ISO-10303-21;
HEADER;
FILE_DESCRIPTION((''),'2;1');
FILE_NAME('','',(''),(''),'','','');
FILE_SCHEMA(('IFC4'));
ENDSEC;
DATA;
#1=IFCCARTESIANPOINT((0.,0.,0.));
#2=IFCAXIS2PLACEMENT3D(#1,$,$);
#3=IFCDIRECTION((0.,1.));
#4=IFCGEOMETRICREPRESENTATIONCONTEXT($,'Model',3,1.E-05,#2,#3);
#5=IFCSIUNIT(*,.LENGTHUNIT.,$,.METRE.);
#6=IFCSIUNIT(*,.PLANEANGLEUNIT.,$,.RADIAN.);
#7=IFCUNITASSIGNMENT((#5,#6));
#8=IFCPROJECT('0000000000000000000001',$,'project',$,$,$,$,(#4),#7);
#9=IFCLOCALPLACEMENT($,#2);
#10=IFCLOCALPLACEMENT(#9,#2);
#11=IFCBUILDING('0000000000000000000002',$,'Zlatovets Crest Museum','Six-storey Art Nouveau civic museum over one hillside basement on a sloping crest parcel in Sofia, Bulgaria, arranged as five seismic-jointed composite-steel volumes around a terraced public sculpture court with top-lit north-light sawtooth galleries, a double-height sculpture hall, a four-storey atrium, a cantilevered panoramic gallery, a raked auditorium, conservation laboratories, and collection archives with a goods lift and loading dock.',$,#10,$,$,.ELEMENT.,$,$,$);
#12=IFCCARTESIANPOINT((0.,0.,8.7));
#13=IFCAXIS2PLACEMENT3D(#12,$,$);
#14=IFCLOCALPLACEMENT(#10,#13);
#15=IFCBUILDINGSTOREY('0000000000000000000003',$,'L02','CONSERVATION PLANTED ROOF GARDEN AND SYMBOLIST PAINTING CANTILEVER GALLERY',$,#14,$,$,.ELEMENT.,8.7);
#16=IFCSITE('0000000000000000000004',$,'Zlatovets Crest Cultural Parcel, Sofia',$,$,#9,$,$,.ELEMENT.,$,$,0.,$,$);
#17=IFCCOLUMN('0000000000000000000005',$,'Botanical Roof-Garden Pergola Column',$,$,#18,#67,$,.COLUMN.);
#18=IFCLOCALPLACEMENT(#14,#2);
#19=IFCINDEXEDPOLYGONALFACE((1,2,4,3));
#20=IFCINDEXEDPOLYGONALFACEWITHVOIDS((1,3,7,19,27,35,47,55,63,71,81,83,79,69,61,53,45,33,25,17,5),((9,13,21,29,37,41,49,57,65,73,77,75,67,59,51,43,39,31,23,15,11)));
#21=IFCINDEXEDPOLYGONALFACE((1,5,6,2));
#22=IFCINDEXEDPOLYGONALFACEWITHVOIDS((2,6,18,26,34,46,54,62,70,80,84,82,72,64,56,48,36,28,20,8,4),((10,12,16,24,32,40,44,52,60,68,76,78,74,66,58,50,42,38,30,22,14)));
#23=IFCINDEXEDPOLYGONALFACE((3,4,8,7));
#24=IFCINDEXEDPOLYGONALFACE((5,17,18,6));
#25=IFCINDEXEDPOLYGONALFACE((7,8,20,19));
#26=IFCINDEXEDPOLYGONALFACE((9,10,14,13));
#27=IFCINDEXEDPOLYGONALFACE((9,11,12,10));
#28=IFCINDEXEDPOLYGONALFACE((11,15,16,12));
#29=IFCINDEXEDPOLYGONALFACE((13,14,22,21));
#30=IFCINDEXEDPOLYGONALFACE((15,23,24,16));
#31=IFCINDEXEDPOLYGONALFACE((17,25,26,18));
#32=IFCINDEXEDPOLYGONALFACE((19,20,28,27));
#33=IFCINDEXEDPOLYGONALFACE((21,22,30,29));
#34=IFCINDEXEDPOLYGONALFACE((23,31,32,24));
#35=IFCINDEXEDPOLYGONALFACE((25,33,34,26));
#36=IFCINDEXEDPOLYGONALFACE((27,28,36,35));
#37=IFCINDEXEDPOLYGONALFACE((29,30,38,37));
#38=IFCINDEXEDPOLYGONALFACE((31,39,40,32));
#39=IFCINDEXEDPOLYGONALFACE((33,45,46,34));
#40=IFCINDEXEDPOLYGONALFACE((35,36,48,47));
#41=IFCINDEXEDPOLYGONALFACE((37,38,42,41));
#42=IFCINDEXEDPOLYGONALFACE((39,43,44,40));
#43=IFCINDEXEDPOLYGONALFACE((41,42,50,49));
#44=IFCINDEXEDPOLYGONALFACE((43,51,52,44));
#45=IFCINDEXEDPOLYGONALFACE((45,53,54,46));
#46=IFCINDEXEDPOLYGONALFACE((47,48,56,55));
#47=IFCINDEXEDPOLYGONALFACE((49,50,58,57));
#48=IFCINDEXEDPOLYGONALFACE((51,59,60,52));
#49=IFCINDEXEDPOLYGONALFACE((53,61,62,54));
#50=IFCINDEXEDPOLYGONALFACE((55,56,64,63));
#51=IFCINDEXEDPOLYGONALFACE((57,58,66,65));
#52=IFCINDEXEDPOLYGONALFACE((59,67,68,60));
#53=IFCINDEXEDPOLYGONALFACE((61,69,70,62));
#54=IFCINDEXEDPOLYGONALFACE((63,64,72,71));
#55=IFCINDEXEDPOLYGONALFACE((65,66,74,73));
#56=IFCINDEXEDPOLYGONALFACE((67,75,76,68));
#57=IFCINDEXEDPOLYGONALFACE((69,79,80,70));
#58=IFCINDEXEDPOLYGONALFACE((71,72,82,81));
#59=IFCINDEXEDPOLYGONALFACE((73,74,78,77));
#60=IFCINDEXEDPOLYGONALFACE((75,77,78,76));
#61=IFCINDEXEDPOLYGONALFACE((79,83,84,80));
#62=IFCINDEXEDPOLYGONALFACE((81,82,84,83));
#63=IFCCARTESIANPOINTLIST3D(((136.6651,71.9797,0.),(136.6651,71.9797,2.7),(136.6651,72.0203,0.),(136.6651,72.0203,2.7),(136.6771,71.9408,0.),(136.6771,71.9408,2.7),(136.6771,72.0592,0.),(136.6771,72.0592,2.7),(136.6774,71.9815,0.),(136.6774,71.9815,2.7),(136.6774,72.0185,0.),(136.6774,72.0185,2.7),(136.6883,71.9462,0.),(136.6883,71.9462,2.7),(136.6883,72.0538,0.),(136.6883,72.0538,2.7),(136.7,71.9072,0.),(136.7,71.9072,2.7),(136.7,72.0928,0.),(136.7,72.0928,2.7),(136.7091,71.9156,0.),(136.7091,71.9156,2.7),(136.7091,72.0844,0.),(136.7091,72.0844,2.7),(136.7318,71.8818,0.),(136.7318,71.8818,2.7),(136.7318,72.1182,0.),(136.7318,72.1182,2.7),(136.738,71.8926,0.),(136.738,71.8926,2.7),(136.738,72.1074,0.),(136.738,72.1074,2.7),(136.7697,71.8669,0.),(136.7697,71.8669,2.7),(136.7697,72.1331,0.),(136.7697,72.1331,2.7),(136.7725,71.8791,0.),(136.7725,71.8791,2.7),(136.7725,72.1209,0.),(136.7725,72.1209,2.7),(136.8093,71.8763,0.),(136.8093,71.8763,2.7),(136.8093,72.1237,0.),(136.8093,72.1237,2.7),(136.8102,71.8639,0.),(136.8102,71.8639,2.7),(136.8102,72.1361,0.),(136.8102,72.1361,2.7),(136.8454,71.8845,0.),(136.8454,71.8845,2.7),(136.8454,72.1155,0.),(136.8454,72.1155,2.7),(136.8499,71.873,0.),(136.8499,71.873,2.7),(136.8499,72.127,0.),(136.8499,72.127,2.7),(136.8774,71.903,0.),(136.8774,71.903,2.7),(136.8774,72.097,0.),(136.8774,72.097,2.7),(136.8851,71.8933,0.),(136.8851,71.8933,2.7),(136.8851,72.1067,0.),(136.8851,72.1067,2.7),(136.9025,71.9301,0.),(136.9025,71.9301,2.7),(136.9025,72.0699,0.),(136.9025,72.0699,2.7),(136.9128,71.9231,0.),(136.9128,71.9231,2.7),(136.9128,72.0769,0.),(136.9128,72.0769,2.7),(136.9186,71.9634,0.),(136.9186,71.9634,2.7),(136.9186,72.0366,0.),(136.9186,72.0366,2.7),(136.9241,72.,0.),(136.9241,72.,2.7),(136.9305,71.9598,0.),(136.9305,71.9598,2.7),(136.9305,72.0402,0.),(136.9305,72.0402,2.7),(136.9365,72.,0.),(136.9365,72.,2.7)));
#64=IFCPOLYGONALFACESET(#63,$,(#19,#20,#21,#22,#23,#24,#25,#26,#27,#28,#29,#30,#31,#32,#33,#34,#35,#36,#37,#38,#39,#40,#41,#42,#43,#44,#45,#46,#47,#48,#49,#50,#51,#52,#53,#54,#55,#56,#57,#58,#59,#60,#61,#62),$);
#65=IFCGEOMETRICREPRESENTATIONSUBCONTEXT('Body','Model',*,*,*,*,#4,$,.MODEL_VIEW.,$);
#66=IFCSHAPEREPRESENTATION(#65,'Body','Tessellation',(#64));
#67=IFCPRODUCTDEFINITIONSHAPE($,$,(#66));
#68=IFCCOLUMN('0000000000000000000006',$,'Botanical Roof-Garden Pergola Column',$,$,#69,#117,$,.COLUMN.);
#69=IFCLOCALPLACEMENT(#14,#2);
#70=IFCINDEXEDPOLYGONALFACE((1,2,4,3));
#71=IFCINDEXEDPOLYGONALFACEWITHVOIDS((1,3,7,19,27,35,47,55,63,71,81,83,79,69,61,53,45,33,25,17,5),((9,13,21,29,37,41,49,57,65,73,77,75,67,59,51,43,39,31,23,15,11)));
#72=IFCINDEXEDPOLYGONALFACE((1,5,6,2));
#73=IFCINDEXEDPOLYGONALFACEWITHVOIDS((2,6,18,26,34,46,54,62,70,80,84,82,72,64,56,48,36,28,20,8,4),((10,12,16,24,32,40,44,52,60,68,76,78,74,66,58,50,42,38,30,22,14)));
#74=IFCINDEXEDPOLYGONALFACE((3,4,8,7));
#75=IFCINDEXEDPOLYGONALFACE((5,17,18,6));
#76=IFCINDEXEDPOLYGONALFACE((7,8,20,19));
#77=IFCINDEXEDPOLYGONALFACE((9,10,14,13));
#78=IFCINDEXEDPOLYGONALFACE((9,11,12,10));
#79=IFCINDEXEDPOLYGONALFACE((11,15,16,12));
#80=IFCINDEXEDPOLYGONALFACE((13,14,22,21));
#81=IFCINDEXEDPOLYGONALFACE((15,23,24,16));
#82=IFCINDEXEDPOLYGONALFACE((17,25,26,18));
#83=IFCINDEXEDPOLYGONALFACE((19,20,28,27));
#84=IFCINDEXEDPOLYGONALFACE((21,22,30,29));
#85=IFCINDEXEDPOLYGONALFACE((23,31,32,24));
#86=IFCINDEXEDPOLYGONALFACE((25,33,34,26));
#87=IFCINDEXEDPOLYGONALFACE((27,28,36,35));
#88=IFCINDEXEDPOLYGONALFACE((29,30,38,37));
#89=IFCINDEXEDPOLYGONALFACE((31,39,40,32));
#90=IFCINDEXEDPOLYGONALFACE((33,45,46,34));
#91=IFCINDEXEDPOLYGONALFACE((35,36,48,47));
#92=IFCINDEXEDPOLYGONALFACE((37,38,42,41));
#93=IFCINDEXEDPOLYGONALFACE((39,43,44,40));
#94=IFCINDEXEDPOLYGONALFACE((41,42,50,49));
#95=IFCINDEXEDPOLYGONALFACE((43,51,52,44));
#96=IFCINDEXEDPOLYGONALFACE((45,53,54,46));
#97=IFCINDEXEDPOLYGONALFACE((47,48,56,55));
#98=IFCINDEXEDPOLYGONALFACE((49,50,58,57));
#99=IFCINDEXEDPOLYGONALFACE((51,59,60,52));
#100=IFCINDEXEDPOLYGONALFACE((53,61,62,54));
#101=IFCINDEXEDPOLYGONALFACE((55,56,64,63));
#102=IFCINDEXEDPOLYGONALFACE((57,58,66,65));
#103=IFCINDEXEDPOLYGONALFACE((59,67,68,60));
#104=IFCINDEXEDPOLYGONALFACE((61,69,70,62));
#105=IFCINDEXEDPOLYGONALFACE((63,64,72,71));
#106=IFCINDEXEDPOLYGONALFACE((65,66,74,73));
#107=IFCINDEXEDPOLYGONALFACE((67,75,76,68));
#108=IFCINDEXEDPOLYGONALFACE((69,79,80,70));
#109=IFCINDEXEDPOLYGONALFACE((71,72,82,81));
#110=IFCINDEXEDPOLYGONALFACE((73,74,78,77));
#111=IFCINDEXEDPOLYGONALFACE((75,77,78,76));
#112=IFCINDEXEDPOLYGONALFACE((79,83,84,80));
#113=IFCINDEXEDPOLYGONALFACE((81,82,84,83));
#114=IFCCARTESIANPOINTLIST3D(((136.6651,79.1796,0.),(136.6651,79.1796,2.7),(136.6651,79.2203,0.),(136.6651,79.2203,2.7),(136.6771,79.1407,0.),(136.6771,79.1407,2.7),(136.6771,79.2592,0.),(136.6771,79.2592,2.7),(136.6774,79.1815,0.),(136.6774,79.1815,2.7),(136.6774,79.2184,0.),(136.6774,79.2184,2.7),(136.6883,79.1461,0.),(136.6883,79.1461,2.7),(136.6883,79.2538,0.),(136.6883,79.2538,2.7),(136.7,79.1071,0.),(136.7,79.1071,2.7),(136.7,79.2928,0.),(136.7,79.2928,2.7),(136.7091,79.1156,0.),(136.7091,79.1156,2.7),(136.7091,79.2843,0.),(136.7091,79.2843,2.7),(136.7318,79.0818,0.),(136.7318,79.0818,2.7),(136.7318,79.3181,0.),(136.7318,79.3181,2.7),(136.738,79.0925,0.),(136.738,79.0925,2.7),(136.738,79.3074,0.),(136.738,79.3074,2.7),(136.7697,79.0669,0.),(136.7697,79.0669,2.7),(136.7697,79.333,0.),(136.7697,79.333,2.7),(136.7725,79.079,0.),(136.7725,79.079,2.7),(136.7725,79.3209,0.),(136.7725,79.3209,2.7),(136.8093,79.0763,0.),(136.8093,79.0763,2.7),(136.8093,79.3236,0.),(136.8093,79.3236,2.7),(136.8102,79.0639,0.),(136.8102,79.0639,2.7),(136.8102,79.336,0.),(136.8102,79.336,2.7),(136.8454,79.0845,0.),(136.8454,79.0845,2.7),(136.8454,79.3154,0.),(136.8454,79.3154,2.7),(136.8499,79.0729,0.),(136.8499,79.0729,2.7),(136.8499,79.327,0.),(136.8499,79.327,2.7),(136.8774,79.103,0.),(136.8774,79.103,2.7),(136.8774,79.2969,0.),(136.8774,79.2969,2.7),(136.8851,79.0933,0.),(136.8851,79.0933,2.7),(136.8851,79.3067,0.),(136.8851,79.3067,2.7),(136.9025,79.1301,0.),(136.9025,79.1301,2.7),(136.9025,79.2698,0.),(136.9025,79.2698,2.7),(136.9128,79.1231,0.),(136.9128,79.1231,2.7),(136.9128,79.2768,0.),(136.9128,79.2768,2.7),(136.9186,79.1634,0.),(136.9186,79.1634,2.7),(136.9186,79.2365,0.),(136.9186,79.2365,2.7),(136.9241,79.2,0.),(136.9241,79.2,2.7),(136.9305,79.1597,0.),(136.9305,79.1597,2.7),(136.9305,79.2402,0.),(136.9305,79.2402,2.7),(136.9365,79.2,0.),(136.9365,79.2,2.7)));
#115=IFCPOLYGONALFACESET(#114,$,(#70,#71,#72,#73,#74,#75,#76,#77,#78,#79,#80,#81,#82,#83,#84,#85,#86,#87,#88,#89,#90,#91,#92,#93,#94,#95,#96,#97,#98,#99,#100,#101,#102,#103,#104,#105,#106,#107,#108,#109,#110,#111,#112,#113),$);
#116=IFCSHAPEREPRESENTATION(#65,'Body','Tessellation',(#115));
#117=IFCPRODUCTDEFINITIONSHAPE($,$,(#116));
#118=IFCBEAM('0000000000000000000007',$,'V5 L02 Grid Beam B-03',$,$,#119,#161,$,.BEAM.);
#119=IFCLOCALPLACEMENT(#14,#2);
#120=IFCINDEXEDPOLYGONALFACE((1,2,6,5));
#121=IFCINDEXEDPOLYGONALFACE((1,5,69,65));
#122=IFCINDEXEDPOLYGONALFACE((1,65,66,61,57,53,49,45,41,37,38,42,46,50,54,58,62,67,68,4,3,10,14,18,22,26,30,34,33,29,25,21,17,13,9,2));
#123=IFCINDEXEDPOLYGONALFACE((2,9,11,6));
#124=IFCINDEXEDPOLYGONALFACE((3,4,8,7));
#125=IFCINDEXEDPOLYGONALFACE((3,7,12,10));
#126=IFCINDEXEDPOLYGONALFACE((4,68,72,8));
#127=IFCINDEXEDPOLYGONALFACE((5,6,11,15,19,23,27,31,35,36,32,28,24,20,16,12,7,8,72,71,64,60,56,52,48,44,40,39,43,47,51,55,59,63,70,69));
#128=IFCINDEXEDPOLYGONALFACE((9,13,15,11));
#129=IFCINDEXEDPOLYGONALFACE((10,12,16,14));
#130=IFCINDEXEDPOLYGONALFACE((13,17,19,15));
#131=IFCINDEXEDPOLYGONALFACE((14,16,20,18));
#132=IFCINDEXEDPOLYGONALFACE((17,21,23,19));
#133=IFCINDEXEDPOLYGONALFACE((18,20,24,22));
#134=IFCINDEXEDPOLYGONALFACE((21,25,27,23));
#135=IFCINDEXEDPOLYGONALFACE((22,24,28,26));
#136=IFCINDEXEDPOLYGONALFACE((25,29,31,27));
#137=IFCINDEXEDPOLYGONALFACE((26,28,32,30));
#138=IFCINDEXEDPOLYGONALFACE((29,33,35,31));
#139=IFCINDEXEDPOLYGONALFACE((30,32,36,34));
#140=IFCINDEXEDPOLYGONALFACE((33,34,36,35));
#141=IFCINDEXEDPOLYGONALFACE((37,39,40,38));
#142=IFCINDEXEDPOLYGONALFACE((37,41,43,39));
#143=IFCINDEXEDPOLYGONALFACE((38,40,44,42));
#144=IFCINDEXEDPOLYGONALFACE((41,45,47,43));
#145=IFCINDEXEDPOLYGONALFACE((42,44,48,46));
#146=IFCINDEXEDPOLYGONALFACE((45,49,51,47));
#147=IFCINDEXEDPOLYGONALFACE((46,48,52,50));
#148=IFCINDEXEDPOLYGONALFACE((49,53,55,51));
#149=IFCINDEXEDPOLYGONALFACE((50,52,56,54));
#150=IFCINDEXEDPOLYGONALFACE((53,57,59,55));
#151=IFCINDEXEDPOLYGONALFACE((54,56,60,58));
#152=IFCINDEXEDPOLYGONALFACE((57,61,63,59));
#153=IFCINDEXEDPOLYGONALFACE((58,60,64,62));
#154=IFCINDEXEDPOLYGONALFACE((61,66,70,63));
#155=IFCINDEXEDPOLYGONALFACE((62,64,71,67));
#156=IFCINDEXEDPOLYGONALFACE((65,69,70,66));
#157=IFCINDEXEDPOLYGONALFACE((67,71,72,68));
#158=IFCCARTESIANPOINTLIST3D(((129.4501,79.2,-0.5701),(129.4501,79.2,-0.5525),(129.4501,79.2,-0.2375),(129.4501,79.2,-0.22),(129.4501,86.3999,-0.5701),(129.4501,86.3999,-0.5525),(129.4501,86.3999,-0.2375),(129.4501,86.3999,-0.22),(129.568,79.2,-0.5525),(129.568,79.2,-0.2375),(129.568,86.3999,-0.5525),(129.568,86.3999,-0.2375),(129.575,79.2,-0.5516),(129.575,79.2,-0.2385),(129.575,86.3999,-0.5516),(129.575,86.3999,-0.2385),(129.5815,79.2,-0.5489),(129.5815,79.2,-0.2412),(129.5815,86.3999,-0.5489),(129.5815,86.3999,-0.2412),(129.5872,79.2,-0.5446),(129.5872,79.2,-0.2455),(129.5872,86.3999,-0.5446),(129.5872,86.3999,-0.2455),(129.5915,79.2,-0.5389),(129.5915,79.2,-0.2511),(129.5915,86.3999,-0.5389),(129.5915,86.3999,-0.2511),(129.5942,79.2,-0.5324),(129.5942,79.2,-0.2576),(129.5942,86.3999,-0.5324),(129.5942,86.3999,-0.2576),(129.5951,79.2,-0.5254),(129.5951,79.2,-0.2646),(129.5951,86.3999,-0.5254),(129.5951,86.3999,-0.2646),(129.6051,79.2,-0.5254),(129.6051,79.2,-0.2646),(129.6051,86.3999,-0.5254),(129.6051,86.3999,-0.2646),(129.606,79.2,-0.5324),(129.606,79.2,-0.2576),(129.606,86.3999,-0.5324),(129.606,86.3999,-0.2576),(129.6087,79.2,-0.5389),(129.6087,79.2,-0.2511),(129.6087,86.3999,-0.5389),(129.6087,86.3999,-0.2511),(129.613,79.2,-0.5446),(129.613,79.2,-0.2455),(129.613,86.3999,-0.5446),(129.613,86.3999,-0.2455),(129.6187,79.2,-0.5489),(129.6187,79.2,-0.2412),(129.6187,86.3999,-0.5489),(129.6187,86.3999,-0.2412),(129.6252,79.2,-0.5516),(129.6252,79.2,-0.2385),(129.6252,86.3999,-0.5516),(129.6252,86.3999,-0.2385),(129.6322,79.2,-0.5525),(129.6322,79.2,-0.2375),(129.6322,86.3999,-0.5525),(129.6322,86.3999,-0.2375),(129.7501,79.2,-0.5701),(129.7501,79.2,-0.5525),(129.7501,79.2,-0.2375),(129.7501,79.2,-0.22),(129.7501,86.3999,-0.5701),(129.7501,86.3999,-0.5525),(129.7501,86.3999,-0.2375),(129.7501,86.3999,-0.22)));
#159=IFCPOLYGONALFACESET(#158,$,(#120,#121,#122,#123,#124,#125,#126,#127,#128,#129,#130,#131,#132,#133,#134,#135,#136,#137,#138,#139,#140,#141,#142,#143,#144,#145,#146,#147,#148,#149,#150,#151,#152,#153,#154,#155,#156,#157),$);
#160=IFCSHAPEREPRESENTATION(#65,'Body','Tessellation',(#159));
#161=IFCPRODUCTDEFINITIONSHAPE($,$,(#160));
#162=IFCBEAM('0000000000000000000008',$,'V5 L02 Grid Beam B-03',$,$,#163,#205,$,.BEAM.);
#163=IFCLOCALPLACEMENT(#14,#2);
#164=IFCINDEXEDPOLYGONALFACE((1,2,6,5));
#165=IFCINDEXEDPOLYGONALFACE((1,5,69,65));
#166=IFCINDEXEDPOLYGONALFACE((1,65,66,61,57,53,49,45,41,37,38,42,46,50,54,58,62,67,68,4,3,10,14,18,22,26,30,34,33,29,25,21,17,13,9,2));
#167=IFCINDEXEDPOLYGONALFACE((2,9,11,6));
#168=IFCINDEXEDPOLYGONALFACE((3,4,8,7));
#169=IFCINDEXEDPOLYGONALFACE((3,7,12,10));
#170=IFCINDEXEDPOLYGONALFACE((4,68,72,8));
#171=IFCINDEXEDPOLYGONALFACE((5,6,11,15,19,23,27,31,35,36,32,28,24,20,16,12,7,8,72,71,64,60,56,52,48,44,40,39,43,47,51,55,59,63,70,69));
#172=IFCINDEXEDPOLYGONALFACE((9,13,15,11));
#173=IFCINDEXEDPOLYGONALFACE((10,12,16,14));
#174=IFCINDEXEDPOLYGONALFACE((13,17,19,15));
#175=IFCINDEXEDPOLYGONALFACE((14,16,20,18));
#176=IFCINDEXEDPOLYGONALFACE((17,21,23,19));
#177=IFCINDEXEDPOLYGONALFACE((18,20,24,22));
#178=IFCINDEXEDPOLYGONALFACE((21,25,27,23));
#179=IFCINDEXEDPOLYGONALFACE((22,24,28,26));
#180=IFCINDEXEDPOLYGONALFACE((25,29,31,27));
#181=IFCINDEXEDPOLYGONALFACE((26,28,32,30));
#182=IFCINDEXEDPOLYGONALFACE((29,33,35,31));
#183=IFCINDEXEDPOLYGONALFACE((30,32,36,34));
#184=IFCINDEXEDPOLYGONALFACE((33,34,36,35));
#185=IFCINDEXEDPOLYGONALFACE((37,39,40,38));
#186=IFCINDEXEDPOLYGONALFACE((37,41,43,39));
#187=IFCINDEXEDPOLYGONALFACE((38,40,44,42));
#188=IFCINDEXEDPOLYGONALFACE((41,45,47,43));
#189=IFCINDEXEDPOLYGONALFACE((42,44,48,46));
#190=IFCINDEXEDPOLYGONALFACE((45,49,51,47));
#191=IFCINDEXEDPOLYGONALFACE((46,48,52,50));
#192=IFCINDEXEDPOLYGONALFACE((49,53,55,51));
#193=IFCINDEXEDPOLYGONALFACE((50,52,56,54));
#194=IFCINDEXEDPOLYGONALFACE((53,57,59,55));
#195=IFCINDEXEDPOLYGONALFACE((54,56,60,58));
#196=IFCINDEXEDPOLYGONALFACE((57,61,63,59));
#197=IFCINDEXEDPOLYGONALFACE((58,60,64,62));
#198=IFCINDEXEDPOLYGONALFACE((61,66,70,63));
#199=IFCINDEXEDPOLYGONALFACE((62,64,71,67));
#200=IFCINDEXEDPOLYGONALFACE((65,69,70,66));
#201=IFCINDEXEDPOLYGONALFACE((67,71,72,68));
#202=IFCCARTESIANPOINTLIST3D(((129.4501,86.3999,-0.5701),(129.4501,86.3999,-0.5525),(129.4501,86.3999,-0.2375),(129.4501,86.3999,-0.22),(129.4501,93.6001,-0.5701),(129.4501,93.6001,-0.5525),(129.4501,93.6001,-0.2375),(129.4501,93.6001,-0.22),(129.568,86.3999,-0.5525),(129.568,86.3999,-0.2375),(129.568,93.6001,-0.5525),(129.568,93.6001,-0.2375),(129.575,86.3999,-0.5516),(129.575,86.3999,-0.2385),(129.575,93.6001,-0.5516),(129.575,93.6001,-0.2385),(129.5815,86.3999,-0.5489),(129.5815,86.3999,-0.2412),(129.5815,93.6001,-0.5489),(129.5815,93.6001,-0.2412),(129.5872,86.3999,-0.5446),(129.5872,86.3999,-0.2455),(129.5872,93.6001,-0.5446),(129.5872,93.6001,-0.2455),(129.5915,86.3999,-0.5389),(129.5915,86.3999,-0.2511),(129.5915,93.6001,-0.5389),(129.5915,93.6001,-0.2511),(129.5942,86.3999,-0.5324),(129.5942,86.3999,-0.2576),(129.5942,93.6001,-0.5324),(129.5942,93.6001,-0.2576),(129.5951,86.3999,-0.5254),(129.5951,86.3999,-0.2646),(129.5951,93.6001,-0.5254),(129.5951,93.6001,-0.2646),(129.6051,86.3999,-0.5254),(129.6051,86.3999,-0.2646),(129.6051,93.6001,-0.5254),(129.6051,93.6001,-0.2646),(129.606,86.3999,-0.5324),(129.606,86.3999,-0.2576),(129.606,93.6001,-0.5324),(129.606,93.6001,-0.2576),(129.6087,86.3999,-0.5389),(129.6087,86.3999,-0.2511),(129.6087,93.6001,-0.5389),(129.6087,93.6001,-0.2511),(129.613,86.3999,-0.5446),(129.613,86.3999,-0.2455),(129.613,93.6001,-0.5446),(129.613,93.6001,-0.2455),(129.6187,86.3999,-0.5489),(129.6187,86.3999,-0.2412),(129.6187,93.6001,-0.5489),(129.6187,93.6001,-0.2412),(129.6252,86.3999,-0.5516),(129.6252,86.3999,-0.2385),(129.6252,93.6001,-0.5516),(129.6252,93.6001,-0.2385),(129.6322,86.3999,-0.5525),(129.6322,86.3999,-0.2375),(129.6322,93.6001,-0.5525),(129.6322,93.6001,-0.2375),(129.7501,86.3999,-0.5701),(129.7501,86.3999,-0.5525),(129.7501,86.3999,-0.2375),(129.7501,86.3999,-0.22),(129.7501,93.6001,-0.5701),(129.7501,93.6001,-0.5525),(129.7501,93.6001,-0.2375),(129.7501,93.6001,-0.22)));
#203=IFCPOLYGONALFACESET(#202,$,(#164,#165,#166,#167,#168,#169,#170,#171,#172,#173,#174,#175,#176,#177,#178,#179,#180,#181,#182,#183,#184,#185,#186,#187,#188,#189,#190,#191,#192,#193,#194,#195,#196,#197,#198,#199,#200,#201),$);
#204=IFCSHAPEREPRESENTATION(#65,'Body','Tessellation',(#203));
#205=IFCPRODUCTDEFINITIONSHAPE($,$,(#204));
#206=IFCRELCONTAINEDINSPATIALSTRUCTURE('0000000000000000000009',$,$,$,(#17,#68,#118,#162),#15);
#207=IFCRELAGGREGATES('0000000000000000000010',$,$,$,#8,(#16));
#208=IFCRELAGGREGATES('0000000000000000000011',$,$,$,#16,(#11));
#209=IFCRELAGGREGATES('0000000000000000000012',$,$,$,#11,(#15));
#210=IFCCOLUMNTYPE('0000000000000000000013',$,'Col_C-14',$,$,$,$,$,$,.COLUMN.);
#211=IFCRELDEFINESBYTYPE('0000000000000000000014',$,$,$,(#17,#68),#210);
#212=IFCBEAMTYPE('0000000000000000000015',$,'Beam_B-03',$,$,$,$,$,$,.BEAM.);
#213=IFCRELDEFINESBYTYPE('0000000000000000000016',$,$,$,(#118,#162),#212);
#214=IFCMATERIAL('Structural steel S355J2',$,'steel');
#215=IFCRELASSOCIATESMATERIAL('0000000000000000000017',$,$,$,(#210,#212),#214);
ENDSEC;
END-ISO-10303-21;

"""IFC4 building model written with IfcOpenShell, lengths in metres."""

from ifc_helpers import new_model, si_unit, direction, frame, origin, origin_2d, place, context, subcontext, project, spatial, hollow_circle, i_section, extrude, material, material_profile, profile_set, type_object, element, save


model = new_model("IFC4")

# Units and contexts
model_context = context("Model", 3, precision=1e-05, world=origin(), true_north=direction((0.0, 1.0)))
body_context = subcontext(model_context, "Body", "Model", "MODEL_VIEW")
ifc_project = project(units=[si_unit("LENGTHUNIT", "METRE"), si_unit("PLANEANGLEUNIT", "RADIAN")], contexts=[model_context])

# Site, building, storey
site_placement = place(None, origin())
site = spatial("IfcSite", under=ifc_project, at=site_placement, Name="Zlatovets Crest Cultural Parcel, Sofia", CompositionType="ELEMENT", RefElevation=0.0)
building_placement = place(site_placement, origin())
building = spatial("IfcBuilding", under=site, at=building_placement, Name="Zlatovets Crest Museum", Description="Six-storey Art Nouveau civic museum over one hillside basement on a sloping crest parcel in Sofia, Bulgaria, arranged as five seismic-jointed composite-steel volumes around a terraced public sculpture court with top-lit north-light sawtooth galleries, a double-height sculpture hall, a four-storey atrium, a cantilevered panoramic gallery, a raked auditorium, conservation laboratories, and collection archives with a goods lift and loading dock.", CompositionType="ELEMENT")
storey_placement = place(building_placement, frame((0.0, 0.0, 8.7)))
storey = spatial("IfcBuildingStorey", under=building, at=storey_placement, Name="L02", Description="CONSERVATION PLANTED ROOF GARDEN AND SYMBOLIST PAINTING CANTILEVER GALLERY", CompositionType="ELEMENT", Elevation=8.7)

# Columns
ifc_material_1 = material(Name="Structural steel S355J2", Category="steel")
ifc_material_profile_1 = material_profile(ifc_material_1, hollow_circle(Radius=0.1365, WallThickness=0.0125, at=origin_2d()), Name="CHS 273.0x12.5")
ifc_profile_set_1 = profile_set([ifc_material_profile_1], Name="Structural steel S355J2")
column_type = type_object("IfcColumnType", Name="Col_C-14", PredefinedType="COLUMN", material=ifc_profile_set_1)
for number, where, z_axis, x_axis, name in (
    (1, (136.8, 72.0, 0.0), (0.0, 0.0, 1.0), (1.0, 0.0, 0.0), "Botanical Roof-Garden Pergola Column"),
    (2, (136.8, 79.2, 0.0), (0.0, 0.0, 1.0), (1.0, 0.0, 0.0), "Botanical Roof-Garden Pergola Column"),
):
    element("IfcColumn", number, at=place(storey_placement, frame(where, z_axis=z_axis, x_axis=x_axis)), inside=storey, type_object=column_type, Name=name, PredefinedType="COLUMN", context=body_context, shape_type="SweptSolid", body=[
        extrude(hollow_circle(Radius=0.1365, WallThickness=0.0125, at=origin_2d()), origin(), (0.0, 0.0, 1.0), 2.7),
    ])

# Beams
ifc_material_profile_2 = material_profile(ifc_material_1, i_section(OverallWidth=0.3, OverallDepth=0.3501, WebThickness=0.01, FlangeThickness=0.0176, FilletRadius=0.0271, at=origin_2d()), Name="HEA 360")
ifc_profile_set_2 = profile_set([ifc_material_profile_2], Name="Structural steel S355J2")
beam_type_1 = type_object("IfcBeamType", Name="Beam_B-03", PredefinedType="BEAM", material=ifc_profile_set_2)
beam_1_placement = place(storey_placement, frame((129.6001, 79.2, -0.395), z_axis=(0.0, 1.0, 0.0), x_axis=(-1.0, 0.0, 0.0)))
element("IfcBeam", 3, at=beam_1_placement, inside=storey, type_object=beam_type_1, Name="V5 L02 Grid Beam B-03", PredefinedType="BEAM", context=body_context, shape_type="SweptSolid", body=[
    extrude(i_section(OverallWidth=0.3, OverallDepth=0.3501, WebThickness=0.01, FlangeThickness=0.0176, FilletRadius=0.0271, at=origin_2d()), origin(), (0.0, 0.0, 1.0), 7.2),
])
beam_2_placement = place(storey_placement, frame((129.6001, 86.3999, -0.395), z_axis=(0.0, 1.0, 0.0), x_axis=(-1.0, 0.0, 0.0)))
element("IfcBeam", 4, at=beam_2_placement, inside=storey, type_object=beam_type_1, Name="V5 L02 Grid Beam B-03", PredefinedType="BEAM", context=body_context, shape_type="SweptSolid", body=[
    extrude(i_section(OverallWidth=0.3, OverallDepth=0.3501, WebThickness=0.01, FlangeThickness=0.0176, FilletRadius=0.0271, at=origin_2d()), origin(), (0.0, 0.0, 1.0), 7.2002),
])

save(model, "model.ifc")
